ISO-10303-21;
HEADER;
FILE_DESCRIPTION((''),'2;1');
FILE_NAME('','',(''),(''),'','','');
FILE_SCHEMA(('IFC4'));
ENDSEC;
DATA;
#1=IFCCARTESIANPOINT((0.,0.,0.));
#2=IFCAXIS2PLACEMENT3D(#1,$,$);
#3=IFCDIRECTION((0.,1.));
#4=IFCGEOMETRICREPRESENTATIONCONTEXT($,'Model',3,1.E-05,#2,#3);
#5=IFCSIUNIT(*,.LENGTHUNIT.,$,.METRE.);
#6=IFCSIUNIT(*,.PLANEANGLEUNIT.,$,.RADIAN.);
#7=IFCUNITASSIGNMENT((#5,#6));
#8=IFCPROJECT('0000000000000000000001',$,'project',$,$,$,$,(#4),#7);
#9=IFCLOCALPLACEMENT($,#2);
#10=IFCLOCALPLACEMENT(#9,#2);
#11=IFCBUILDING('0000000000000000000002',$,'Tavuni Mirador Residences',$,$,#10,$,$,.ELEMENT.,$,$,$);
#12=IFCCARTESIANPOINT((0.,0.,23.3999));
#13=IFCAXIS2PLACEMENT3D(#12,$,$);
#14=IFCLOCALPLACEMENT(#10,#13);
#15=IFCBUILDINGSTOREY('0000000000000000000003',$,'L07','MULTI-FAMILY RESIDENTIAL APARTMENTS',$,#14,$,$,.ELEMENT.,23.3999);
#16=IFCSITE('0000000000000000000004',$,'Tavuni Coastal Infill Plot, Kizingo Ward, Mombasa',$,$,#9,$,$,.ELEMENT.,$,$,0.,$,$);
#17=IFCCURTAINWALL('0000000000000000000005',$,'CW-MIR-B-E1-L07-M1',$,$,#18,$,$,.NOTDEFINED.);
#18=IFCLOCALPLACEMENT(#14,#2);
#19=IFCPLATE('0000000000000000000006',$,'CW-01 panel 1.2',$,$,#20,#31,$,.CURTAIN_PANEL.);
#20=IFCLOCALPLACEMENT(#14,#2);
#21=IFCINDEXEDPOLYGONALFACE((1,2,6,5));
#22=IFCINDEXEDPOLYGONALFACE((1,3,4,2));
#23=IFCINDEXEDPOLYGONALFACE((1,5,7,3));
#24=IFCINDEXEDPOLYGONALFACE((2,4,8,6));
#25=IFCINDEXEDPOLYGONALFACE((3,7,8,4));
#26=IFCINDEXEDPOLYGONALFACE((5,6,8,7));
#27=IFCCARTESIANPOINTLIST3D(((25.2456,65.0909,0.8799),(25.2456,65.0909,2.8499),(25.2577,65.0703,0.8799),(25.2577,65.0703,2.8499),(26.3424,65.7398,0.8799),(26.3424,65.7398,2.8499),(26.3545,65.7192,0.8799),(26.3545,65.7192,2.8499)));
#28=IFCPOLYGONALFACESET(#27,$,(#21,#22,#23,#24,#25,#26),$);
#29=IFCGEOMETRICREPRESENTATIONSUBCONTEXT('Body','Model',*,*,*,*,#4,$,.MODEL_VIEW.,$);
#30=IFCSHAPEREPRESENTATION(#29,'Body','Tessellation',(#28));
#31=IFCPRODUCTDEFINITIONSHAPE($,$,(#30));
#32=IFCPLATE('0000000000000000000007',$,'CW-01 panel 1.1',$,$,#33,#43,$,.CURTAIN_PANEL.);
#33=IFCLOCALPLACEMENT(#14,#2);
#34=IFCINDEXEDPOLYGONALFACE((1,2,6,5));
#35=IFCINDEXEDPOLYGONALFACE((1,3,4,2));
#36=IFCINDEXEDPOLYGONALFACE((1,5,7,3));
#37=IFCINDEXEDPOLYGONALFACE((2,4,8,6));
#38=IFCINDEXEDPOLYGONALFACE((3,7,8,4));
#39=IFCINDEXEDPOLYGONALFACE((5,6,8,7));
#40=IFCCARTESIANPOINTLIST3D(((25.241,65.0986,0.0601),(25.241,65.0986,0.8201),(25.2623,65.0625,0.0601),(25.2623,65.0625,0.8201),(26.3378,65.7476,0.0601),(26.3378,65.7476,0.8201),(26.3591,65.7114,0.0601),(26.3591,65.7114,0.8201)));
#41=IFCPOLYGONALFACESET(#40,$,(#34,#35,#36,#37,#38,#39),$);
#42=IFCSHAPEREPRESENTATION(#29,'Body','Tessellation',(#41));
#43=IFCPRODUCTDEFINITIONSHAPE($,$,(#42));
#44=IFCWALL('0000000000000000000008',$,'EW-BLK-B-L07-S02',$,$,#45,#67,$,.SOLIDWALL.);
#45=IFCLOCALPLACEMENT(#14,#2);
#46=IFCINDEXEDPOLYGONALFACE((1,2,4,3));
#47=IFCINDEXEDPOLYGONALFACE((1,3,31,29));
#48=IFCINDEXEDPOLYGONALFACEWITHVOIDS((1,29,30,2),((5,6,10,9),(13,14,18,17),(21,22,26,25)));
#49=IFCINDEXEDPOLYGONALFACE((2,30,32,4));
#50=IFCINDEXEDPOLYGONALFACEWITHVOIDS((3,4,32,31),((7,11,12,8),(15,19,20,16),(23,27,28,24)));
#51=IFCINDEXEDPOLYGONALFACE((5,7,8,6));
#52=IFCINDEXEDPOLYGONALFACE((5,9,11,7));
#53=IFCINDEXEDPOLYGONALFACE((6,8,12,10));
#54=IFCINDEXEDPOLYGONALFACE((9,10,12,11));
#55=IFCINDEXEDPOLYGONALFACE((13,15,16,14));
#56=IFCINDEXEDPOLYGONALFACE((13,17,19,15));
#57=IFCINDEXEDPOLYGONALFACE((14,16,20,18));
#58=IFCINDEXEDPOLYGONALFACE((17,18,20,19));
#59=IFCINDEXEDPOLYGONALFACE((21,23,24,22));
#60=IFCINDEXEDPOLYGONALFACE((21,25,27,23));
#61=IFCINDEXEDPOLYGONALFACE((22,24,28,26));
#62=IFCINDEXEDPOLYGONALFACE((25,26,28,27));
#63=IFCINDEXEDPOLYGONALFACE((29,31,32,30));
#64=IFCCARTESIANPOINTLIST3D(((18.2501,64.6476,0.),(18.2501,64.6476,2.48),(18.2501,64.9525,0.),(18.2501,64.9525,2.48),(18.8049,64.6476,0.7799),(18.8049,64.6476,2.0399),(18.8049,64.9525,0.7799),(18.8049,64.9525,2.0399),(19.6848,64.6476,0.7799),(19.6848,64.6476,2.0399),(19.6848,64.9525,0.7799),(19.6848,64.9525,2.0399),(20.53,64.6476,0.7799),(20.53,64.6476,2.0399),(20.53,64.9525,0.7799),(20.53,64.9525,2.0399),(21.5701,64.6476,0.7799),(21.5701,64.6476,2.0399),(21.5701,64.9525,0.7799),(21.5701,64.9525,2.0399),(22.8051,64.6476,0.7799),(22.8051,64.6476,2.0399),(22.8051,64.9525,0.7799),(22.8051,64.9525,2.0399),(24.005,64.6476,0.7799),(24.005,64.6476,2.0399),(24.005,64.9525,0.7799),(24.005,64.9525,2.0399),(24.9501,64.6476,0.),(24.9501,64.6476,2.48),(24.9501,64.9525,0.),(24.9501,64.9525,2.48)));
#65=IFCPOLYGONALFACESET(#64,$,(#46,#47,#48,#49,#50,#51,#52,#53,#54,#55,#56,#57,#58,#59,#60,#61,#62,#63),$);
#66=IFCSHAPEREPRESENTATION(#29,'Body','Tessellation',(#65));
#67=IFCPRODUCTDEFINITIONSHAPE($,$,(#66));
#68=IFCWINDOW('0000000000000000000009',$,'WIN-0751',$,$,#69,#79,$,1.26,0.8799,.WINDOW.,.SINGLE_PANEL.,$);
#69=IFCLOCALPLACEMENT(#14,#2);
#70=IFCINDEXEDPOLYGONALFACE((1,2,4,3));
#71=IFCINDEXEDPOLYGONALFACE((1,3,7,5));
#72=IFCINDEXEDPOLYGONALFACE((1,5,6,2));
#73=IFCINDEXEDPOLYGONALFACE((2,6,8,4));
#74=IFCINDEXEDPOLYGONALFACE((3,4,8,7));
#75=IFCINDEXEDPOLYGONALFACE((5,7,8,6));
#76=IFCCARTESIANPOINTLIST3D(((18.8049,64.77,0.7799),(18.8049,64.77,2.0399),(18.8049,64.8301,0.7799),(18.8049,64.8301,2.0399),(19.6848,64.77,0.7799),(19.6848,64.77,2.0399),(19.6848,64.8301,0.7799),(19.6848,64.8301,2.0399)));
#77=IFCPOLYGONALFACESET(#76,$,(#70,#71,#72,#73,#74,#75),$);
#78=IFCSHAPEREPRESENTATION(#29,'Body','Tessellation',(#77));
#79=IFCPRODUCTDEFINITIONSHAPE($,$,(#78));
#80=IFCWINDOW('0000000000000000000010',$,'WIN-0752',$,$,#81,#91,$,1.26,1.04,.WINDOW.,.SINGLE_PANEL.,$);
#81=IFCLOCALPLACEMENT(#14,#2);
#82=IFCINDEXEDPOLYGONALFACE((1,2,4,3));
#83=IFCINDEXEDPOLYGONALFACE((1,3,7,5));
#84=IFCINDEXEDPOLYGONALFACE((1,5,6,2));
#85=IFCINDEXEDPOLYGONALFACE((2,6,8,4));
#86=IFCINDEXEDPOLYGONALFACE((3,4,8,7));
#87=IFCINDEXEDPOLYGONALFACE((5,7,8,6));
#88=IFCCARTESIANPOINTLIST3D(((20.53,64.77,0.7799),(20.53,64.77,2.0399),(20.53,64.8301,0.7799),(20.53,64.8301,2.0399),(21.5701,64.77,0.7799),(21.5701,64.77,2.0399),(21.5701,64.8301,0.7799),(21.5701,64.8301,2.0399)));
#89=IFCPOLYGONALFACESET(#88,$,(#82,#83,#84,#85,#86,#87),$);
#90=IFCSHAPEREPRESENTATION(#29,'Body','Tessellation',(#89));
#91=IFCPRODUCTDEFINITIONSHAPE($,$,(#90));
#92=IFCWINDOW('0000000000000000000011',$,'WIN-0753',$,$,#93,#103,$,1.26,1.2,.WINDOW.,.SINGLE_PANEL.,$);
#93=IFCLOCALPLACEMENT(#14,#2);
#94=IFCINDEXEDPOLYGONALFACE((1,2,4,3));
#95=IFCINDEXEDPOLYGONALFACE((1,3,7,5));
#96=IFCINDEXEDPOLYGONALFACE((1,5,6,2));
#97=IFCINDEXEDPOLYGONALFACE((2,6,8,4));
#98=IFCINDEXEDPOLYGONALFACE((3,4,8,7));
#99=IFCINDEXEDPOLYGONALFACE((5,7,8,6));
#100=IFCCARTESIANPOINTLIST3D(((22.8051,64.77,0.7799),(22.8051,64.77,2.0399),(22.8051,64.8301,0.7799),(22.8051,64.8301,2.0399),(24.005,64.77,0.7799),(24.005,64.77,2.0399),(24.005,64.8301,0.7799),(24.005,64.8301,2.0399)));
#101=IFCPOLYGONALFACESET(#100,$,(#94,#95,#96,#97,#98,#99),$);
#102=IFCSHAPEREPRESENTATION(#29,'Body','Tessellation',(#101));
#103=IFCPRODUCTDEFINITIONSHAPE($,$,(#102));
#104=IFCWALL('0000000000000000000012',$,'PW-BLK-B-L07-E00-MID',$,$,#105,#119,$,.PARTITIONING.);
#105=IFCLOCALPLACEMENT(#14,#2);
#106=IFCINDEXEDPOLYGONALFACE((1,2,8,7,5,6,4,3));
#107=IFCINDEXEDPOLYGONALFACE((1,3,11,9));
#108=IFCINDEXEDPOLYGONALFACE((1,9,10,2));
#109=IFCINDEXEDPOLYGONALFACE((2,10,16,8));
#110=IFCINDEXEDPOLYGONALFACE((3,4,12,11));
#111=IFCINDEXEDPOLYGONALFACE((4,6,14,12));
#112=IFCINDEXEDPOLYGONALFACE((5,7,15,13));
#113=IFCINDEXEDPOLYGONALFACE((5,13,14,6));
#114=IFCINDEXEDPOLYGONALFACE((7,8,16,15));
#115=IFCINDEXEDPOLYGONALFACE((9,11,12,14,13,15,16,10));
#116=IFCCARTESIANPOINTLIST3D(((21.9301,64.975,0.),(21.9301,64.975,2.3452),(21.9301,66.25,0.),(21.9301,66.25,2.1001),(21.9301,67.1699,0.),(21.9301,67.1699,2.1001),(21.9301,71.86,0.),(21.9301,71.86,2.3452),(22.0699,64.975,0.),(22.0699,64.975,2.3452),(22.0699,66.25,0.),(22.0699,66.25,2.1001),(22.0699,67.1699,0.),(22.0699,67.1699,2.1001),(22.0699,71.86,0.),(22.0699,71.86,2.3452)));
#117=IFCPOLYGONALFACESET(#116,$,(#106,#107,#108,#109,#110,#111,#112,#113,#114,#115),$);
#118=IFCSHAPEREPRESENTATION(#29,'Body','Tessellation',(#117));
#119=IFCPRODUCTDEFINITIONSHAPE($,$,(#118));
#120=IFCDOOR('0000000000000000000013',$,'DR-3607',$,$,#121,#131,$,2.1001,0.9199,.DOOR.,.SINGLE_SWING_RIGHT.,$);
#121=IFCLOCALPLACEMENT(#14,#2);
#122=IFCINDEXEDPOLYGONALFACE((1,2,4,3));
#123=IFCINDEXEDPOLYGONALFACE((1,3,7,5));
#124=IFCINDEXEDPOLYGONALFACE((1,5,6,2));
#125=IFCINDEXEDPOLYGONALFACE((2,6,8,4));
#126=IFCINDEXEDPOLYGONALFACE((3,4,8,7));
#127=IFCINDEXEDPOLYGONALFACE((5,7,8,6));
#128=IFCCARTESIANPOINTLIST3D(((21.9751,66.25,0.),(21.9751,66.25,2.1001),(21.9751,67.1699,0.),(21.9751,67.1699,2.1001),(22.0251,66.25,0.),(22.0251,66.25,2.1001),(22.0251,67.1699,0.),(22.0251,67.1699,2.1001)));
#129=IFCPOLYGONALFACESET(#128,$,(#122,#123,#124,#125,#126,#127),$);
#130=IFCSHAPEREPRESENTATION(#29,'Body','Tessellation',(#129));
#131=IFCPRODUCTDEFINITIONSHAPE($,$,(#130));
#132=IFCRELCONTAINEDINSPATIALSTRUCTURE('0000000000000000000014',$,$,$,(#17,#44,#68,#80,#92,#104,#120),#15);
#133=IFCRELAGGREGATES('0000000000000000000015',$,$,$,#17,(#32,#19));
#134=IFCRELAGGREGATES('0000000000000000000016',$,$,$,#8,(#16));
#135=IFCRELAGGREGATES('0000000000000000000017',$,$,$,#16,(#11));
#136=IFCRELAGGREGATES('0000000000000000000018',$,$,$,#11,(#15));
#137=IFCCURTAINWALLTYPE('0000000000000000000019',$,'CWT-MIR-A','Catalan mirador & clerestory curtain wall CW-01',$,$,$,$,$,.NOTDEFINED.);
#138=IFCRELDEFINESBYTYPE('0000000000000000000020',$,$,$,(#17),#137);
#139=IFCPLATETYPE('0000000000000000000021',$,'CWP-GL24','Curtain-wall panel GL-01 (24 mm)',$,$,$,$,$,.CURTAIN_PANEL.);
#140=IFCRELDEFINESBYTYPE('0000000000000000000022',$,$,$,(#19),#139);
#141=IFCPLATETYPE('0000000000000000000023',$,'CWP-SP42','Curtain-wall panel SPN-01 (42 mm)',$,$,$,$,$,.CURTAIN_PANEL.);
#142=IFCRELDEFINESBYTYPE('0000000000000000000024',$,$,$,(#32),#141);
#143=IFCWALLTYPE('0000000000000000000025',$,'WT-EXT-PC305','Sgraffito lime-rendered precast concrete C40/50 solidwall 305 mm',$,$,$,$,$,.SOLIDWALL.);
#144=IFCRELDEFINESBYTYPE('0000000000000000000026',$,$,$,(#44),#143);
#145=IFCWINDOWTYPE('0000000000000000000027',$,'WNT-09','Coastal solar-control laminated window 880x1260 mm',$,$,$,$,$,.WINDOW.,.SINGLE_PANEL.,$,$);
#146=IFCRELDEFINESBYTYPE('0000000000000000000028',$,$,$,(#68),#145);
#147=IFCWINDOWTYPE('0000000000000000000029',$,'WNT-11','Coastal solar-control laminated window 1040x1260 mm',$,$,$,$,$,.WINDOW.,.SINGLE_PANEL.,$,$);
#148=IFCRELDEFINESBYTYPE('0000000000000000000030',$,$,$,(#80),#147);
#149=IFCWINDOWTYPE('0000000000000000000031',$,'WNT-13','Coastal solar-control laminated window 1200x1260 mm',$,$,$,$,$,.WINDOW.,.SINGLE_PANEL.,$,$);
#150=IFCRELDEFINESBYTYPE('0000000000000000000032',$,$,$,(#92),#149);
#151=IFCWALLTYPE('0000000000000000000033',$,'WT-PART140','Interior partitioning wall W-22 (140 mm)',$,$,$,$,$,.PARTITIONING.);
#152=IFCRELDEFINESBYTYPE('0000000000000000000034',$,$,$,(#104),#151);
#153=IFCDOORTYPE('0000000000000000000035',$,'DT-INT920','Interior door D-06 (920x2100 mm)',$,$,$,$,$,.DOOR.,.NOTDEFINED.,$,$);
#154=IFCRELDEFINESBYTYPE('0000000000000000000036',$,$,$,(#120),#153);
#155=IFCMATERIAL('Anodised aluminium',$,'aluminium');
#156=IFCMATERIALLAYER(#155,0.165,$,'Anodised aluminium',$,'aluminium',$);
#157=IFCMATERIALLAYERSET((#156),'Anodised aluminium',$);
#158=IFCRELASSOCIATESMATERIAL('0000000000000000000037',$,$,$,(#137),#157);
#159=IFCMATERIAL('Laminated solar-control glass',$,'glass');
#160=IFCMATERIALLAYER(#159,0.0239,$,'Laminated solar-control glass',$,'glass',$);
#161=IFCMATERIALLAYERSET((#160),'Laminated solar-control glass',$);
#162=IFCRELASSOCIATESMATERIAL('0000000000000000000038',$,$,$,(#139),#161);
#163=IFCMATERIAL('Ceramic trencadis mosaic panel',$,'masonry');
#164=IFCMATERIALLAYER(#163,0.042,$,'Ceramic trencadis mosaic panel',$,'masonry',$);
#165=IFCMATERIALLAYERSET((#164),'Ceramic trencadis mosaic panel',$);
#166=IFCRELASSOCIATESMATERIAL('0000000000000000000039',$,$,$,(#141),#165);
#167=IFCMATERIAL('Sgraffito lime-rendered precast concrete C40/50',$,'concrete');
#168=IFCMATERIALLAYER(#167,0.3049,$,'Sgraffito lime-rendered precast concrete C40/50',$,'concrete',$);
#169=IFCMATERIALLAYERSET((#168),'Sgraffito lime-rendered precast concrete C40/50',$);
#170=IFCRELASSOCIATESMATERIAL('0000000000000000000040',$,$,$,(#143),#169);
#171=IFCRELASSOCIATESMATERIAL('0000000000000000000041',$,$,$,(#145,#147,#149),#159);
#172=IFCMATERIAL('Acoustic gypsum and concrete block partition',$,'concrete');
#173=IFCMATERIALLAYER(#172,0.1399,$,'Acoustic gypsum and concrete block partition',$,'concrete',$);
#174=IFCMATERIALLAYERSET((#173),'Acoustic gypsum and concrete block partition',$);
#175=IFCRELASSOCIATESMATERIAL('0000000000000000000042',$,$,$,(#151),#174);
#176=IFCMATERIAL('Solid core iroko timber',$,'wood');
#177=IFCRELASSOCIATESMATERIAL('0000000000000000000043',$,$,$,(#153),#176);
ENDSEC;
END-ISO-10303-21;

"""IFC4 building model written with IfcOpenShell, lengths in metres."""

from ifc_helpers import new_model, si_unit, direction, frame, frame_2d, origin, origin_2d, place, context, subcontext, project, spatial, rectangle, extrude, material, layer, layer_set, type_object, element, fill, aggregate, save


model = new_model("IFC4")

# Units and contexts
model_context = context("Model", 3, precision=1e-05, world=origin(), true_north=direction((0.0, 1.0)))
body_context = subcontext(model_context, "Body", "Model", "MODEL_VIEW")
ifc_project = project(units=[si_unit("LENGTHUNIT", "METRE"), si_unit("PLANEANGLEUNIT", "RADIAN")], contexts=[model_context])

# Site, building, storey
site_placement = place(None, origin())
site = spatial("IfcSite", under=ifc_project, at=site_placement, Name="Tavuni Coastal Infill Plot, Kizingo Ward, Mombasa", CompositionType="ELEMENT", RefElevation=0.0)
building_placement = place(site_placement, origin())
building = spatial("IfcBuilding", under=site, at=building_placement, Name="Tavuni Mirador Residences", CompositionType="ELEMENT")
storey_placement = place(building_placement, frame((0.0, 0.0, 23.3999)))
storey = spatial("IfcBuildingStorey", under=building, at=storey_placement, Name="L07", Description="MULTI-FAMILY RESIDENTIAL APARTMENTS", CompositionType="ELEMENT", Elevation=23.3999)

# Curtain wall
ifc_material_1 = material(Name="Anodised aluminium", Category="aluminium")
ifc_layer_1 = layer(ifc_material_1, 0.165, Name="Anodised aluminium", Category="aluminium")
ifc_layer_set_1 = layer_set([ifc_layer_1], Name="Anodised aluminium")
curtain_wall_type = type_object("IfcCurtainWallType", Name="CWT-MIR-A", Description="Catalan mirador & clerestory curtain wall CW-01", PredefinedType="NOTDEFINED", material=ifc_layer_set_1)
curtain_wall_placement = place(storey_placement, origin())
curtain_wall = element("IfcCurtainWall", 1, at=curtain_wall_placement, inside=storey, type_object=curtain_wall_type, Name="CW-MIR-B-E1-L07-M1", PredefinedType="NOTDEFINED")

# Plates
ifc_material_2 = material(Name="Laminated solar-control glass", Category="glass")
ifc_layer_2 = layer(ifc_material_2, 0.0239, Name="Laminated solar-control glass", Category="glass")
ifc_layer_set_2 = layer_set([ifc_layer_2], Name="Laminated solar-control glass")
plate_type_1 = type_object("IfcPlateType", Name="CWP-GL24", Description="Curtain-wall panel GL-01 (24 mm)", PredefinedType="CURTAIN_PANEL", material=ifc_layer_set_2)
plate_1_placement = place(storey_placement, frame((25.8, 65.405, 0.8799), z_axis=(0.0, 0.0, 1.0), x_axis=(0.860641, 0.509212, 0.0)))
plate_1 = element("IfcPlate", 2, at=plate_1_placement, type_object=plate_type_1, Name="CW-01 panel 1.2", PredefinedType="CURTAIN_PANEL", context=body_context, shape_type="SweptSolid", body=[
    extrude(rectangle(XDim=1.2744, YDim=0.0239, at=origin_2d()), origin(), (0.0, 0.0, 1.0), 1.97),
])
ifc_material_3 = material(Name="Ceramic trencadis mosaic panel", Category="masonry")
ifc_layer_3 = layer(ifc_material_3, 0.042, Name="Ceramic trencadis mosaic panel", Category="masonry")
ifc_layer_set_3 = layer_set([ifc_layer_3], Name="Ceramic trencadis mosaic panel")
plate_type_2 = type_object("IfcPlateType", Name="CWP-SP42", Description="Curtain-wall panel SPN-01 (42 mm)", PredefinedType="CURTAIN_PANEL", material=ifc_layer_set_3)
plate_2_placement = place(storey_placement, frame((25.8, 65.405, 0.0601), z_axis=(0.0, 0.0, 1.0), x_axis=(0.860641, 0.509212, 0.0)))
plate_2 = element("IfcPlate", 3, at=plate_2_placement, type_object=plate_type_2, Name="CW-01 panel 1.1", PredefinedType="CURTAIN_PANEL", context=body_context, shape_type="SweptSolid", body=[
    extrude(rectangle(XDim=1.2744, YDim=0.042, at=origin_2d()), origin(), (0.0, 0.0, 1.0), 0.76),
])
aggregate(curtain_wall, [plate_2, plate_1])

# Shared definitions
ifc_material_4 = material(Name="Solid core iroko timber", Category="wood")

# Shared definitions
ifc_material_5 = material(Name="Sgraffito lime-rendered precast concrete C40/50", Category="concrete")
ifc_layer_4 = layer(ifc_material_5, 0.3049, Name="Sgraffito lime-rendered precast concrete C40/50", Category="concrete")
ifc_layer_set_4 = layer_set([ifc_layer_4], Name="Sgraffito lime-rendered precast concrete C40/50")
wall_type_1 = type_object("IfcWallType", Name="WT-EXT-PC305", Description="Sgraffito lime-rendered precast concrete C40/50 solidwall 305 mm", PredefinedType="SOLIDWALL", material=ifc_layer_set_4)

# Wall, openings, windows
wall_1_placement = place(storey_placement, frame((18.25, 64.8, 0.0), z_axis=(0.0, 0.0, 1.0), x_axis=(1.0, 0.0, 0.0)))
wall_1 = element("IfcWall", 4, at=wall_1_placement, inside=storey, type_object=wall_type_1, Name="EW-BLK-B-L07-S02", PredefinedType="SOLIDWALL", context=body_context, shape_type="SweptSolid", body=[
    extrude(rectangle(XDim=6.7, YDim=0.3049, at=frame_2d((3.3501, 0.0))), origin(), (0.0, 0.0, 1.0), 2.48),
])
opening_1_placement = place(wall_1_placement, frame((0.5549, 0.0, 0.78)))
opening_1 = element("IfcOpeningElement", 5, at=opening_1_placement, cuts=wall_1, PredefinedType="OPENING", context=body_context, shape_type="SweptSolid", body=[
    extrude(rectangle(XDim=0.8799, YDim=1.26, at=frame_2d((0.4399, 0.6299))), frame((0.0, 0.1626, 0.0), z_axis=(0.0, -1.0, 0.0), x_axis=(1.0, 0.0, 0.0)), (0.0, 0.0, 1.0), 0.325),
])
opening_2_placement = place(wall_1_placement, frame((2.28, 0.0, 0.78)))
opening_2 = element("IfcOpeningElement", 6, at=opening_2_placement, cuts=wall_1, PredefinedType="OPENING", context=body_context, shape_type="SweptSolid", body=[
    extrude(rectangle(XDim=1.04, YDim=1.26, at=frame_2d((0.52, 0.6299))), frame((0.0, 0.1626, 0.0), z_axis=(0.0, -1.0, 0.0), x_axis=(1.0, 0.0, 0.0)), (0.0, 0.0, 1.0), 0.325),
])
opening_3_placement = place(wall_1_placement, frame((4.5549, 0.0, 0.78)))
opening_3 = element("IfcOpeningElement", 7, at=opening_3_placement, cuts=wall_1, PredefinedType="OPENING", context=body_context, shape_type="SweptSolid", body=[
    extrude(rectangle(XDim=1.2, YDim=1.26, at=frame_2d((0.6001, 0.6299))), frame((0.0, 0.1626, 0.0), z_axis=(0.0, -1.0, 0.0), x_axis=(1.0, 0.0, 0.0)), (0.0, 0.0, 1.0), 0.325),
])
window_type_1 = type_object("IfcWindowType", Name="WNT-09", Description="Coastal solar-control laminated window 880x1260 mm", PartitioningType="SINGLE_PANEL", PredefinedType="WINDOW", material=ifc_material_2)
window_1_placement = place(opening_1_placement, origin())
window_1 = element("IfcWindow", 8, at=window_1_placement, inside=storey, type_object=window_type_1, Name="WIN-0751", OverallHeight=1.26, OverallWidth=0.8799, PartitioningType="SINGLE_PANEL", PredefinedType="WINDOW", context=body_context, shape_type="SweptSolid", body=[
    extrude(rectangle(XDim=0.8799, YDim=1.26, at=frame_2d((0.4399, 0.6299))), frame((0.0, 0.03, 0.0), z_axis=(0.0, -1.0, 0.0), x_axis=(1.0, 0.0, 0.0)), (0.0, 0.0, 1.0), 0.0601),
])
fill(opening_1, window_1)
window_type_2 = type_object("IfcWindowType", Name="WNT-11", Description="Coastal solar-control laminated window 1040x1260 mm", PartitioningType="SINGLE_PANEL", PredefinedType="WINDOW", material=ifc_material_2)
window_2_placement = place(opening_2_placement, origin())
window_2 = element("IfcWindow", 9, at=window_2_placement, inside=storey, type_object=window_type_2, Name="WIN-0752", OverallHeight=1.26, OverallWidth=1.04, PartitioningType="SINGLE_PANEL", PredefinedType="WINDOW", context=body_context, shape_type="SweptSolid", body=[
    extrude(rectangle(XDim=1.04, YDim=1.26, at=frame_2d((0.52, 0.6299))), frame((0.0, 0.03, 0.0), z_axis=(0.0, -1.0, 0.0), x_axis=(1.0, 0.0, 0.0)), (0.0, 0.0, 1.0), 0.0601),
])
fill(opening_2, window_2)
window_type_3 = type_object("IfcWindowType", Name="WNT-13", Description="Coastal solar-control laminated window 1200x1260 mm", PartitioningType="SINGLE_PANEL", PredefinedType="WINDOW", material=ifc_material_2)
window_3_placement = place(opening_3_placement, origin())
window_3 = element("IfcWindow", 10, at=window_3_placement, inside=storey, type_object=window_type_3, Name="WIN-0753", OverallHeight=1.26, OverallWidth=1.2, PartitioningType="SINGLE_PANEL", PredefinedType="WINDOW", context=body_context, shape_type="SweptSolid", body=[
    extrude(rectangle(XDim=1.2, YDim=1.26, at=frame_2d((0.6001, 0.6299))), frame((0.0, 0.03, 0.0), z_axis=(0.0, -1.0, 0.0), x_axis=(1.0, 0.0, 0.0)), (0.0, 0.0, 1.0), 0.0601),
])
fill(opening_3, window_3)

# Wall, opening, door
ifc_material_6 = material(Name="Acoustic gypsum and concrete block partition", Category="concrete")
ifc_layer_5 = layer(ifc_material_6, 0.1399, Name="Acoustic gypsum and concrete block partition", Category="concrete")
ifc_layer_set_5 = layer_set([ifc_layer_5], Name="Acoustic gypsum and concrete block partition")
wall_type_2 = type_object("IfcWallType", Name="WT-PART140", Description="Interior partitioning wall W-22 (140 mm)", PredefinedType="PARTITIONING", material=ifc_layer_set_5)
wall_2_placement = place(storey_placement, frame((22.0, 64.9751, 0.0), z_axis=(0.0, 0.0, 1.0), x_axis=(0.0, 1.0, 0.0)))
wall_2 = element("IfcWall", 11, at=wall_2_placement, inside=storey, type_object=wall_type_2, Name="PW-BLK-B-L07-E00-MID", PredefinedType="PARTITIONING", context=body_context, shape_type="SweptSolid", body=[
    extrude(rectangle(XDim=6.885, YDim=0.1399, at=frame_2d((3.4424, 0.0))), origin(), (0.0, 0.0, 1.0), 2.3452),
])
opening_4_placement = place(wall_2_placement, frame((1.2749, 0.0, 0.0)))
opening_4 = element("IfcOpeningElement", 12, at=opening_4_placement, cuts=wall_2, PredefinedType="OPENING", context=body_context, shape_type="SweptSolid", body=[
    extrude(rectangle(XDim=0.9199, YDim=2.1001, at=frame_2d((0.46, 1.05))), frame((0.0, 0.0801, 0.0), z_axis=(0.0, -1.0, 0.0), x_axis=(1.0, 0.0, 0.0)), (0.0, 0.0, 1.0), 0.1599),
])
door_type_1 = type_object("IfcDoorType", Name="DT-INT920", Description="Interior door D-06 (920x2100 mm)", OperationType="NOTDEFINED", PredefinedType="DOOR", material=ifc_material_4)
door_1_placement = place(opening_4_placement, origin())
door_1 = element("IfcDoor", 13, at=door_1_placement, inside=storey, type_object=door_type_1, Name="DR-3607", OperationType="SINGLE_SWING_RIGHT", OverallHeight=2.1001, OverallWidth=0.9199, PredefinedType="DOOR", context=body_context, shape_type="SweptSolid", body=[
    extrude(rectangle(XDim=0.9199, YDim=2.1001, at=frame_2d((0.46, 1.05))), frame((0.0, 0.0249, 0.0), z_axis=(0.0, -1.0, 0.0), x_axis=(1.0, 0.0, 0.0)), (0.0, 0.0, 1.0), 0.05),
])
fill(opening_4, door_1)

save(model, "model.ifc")
